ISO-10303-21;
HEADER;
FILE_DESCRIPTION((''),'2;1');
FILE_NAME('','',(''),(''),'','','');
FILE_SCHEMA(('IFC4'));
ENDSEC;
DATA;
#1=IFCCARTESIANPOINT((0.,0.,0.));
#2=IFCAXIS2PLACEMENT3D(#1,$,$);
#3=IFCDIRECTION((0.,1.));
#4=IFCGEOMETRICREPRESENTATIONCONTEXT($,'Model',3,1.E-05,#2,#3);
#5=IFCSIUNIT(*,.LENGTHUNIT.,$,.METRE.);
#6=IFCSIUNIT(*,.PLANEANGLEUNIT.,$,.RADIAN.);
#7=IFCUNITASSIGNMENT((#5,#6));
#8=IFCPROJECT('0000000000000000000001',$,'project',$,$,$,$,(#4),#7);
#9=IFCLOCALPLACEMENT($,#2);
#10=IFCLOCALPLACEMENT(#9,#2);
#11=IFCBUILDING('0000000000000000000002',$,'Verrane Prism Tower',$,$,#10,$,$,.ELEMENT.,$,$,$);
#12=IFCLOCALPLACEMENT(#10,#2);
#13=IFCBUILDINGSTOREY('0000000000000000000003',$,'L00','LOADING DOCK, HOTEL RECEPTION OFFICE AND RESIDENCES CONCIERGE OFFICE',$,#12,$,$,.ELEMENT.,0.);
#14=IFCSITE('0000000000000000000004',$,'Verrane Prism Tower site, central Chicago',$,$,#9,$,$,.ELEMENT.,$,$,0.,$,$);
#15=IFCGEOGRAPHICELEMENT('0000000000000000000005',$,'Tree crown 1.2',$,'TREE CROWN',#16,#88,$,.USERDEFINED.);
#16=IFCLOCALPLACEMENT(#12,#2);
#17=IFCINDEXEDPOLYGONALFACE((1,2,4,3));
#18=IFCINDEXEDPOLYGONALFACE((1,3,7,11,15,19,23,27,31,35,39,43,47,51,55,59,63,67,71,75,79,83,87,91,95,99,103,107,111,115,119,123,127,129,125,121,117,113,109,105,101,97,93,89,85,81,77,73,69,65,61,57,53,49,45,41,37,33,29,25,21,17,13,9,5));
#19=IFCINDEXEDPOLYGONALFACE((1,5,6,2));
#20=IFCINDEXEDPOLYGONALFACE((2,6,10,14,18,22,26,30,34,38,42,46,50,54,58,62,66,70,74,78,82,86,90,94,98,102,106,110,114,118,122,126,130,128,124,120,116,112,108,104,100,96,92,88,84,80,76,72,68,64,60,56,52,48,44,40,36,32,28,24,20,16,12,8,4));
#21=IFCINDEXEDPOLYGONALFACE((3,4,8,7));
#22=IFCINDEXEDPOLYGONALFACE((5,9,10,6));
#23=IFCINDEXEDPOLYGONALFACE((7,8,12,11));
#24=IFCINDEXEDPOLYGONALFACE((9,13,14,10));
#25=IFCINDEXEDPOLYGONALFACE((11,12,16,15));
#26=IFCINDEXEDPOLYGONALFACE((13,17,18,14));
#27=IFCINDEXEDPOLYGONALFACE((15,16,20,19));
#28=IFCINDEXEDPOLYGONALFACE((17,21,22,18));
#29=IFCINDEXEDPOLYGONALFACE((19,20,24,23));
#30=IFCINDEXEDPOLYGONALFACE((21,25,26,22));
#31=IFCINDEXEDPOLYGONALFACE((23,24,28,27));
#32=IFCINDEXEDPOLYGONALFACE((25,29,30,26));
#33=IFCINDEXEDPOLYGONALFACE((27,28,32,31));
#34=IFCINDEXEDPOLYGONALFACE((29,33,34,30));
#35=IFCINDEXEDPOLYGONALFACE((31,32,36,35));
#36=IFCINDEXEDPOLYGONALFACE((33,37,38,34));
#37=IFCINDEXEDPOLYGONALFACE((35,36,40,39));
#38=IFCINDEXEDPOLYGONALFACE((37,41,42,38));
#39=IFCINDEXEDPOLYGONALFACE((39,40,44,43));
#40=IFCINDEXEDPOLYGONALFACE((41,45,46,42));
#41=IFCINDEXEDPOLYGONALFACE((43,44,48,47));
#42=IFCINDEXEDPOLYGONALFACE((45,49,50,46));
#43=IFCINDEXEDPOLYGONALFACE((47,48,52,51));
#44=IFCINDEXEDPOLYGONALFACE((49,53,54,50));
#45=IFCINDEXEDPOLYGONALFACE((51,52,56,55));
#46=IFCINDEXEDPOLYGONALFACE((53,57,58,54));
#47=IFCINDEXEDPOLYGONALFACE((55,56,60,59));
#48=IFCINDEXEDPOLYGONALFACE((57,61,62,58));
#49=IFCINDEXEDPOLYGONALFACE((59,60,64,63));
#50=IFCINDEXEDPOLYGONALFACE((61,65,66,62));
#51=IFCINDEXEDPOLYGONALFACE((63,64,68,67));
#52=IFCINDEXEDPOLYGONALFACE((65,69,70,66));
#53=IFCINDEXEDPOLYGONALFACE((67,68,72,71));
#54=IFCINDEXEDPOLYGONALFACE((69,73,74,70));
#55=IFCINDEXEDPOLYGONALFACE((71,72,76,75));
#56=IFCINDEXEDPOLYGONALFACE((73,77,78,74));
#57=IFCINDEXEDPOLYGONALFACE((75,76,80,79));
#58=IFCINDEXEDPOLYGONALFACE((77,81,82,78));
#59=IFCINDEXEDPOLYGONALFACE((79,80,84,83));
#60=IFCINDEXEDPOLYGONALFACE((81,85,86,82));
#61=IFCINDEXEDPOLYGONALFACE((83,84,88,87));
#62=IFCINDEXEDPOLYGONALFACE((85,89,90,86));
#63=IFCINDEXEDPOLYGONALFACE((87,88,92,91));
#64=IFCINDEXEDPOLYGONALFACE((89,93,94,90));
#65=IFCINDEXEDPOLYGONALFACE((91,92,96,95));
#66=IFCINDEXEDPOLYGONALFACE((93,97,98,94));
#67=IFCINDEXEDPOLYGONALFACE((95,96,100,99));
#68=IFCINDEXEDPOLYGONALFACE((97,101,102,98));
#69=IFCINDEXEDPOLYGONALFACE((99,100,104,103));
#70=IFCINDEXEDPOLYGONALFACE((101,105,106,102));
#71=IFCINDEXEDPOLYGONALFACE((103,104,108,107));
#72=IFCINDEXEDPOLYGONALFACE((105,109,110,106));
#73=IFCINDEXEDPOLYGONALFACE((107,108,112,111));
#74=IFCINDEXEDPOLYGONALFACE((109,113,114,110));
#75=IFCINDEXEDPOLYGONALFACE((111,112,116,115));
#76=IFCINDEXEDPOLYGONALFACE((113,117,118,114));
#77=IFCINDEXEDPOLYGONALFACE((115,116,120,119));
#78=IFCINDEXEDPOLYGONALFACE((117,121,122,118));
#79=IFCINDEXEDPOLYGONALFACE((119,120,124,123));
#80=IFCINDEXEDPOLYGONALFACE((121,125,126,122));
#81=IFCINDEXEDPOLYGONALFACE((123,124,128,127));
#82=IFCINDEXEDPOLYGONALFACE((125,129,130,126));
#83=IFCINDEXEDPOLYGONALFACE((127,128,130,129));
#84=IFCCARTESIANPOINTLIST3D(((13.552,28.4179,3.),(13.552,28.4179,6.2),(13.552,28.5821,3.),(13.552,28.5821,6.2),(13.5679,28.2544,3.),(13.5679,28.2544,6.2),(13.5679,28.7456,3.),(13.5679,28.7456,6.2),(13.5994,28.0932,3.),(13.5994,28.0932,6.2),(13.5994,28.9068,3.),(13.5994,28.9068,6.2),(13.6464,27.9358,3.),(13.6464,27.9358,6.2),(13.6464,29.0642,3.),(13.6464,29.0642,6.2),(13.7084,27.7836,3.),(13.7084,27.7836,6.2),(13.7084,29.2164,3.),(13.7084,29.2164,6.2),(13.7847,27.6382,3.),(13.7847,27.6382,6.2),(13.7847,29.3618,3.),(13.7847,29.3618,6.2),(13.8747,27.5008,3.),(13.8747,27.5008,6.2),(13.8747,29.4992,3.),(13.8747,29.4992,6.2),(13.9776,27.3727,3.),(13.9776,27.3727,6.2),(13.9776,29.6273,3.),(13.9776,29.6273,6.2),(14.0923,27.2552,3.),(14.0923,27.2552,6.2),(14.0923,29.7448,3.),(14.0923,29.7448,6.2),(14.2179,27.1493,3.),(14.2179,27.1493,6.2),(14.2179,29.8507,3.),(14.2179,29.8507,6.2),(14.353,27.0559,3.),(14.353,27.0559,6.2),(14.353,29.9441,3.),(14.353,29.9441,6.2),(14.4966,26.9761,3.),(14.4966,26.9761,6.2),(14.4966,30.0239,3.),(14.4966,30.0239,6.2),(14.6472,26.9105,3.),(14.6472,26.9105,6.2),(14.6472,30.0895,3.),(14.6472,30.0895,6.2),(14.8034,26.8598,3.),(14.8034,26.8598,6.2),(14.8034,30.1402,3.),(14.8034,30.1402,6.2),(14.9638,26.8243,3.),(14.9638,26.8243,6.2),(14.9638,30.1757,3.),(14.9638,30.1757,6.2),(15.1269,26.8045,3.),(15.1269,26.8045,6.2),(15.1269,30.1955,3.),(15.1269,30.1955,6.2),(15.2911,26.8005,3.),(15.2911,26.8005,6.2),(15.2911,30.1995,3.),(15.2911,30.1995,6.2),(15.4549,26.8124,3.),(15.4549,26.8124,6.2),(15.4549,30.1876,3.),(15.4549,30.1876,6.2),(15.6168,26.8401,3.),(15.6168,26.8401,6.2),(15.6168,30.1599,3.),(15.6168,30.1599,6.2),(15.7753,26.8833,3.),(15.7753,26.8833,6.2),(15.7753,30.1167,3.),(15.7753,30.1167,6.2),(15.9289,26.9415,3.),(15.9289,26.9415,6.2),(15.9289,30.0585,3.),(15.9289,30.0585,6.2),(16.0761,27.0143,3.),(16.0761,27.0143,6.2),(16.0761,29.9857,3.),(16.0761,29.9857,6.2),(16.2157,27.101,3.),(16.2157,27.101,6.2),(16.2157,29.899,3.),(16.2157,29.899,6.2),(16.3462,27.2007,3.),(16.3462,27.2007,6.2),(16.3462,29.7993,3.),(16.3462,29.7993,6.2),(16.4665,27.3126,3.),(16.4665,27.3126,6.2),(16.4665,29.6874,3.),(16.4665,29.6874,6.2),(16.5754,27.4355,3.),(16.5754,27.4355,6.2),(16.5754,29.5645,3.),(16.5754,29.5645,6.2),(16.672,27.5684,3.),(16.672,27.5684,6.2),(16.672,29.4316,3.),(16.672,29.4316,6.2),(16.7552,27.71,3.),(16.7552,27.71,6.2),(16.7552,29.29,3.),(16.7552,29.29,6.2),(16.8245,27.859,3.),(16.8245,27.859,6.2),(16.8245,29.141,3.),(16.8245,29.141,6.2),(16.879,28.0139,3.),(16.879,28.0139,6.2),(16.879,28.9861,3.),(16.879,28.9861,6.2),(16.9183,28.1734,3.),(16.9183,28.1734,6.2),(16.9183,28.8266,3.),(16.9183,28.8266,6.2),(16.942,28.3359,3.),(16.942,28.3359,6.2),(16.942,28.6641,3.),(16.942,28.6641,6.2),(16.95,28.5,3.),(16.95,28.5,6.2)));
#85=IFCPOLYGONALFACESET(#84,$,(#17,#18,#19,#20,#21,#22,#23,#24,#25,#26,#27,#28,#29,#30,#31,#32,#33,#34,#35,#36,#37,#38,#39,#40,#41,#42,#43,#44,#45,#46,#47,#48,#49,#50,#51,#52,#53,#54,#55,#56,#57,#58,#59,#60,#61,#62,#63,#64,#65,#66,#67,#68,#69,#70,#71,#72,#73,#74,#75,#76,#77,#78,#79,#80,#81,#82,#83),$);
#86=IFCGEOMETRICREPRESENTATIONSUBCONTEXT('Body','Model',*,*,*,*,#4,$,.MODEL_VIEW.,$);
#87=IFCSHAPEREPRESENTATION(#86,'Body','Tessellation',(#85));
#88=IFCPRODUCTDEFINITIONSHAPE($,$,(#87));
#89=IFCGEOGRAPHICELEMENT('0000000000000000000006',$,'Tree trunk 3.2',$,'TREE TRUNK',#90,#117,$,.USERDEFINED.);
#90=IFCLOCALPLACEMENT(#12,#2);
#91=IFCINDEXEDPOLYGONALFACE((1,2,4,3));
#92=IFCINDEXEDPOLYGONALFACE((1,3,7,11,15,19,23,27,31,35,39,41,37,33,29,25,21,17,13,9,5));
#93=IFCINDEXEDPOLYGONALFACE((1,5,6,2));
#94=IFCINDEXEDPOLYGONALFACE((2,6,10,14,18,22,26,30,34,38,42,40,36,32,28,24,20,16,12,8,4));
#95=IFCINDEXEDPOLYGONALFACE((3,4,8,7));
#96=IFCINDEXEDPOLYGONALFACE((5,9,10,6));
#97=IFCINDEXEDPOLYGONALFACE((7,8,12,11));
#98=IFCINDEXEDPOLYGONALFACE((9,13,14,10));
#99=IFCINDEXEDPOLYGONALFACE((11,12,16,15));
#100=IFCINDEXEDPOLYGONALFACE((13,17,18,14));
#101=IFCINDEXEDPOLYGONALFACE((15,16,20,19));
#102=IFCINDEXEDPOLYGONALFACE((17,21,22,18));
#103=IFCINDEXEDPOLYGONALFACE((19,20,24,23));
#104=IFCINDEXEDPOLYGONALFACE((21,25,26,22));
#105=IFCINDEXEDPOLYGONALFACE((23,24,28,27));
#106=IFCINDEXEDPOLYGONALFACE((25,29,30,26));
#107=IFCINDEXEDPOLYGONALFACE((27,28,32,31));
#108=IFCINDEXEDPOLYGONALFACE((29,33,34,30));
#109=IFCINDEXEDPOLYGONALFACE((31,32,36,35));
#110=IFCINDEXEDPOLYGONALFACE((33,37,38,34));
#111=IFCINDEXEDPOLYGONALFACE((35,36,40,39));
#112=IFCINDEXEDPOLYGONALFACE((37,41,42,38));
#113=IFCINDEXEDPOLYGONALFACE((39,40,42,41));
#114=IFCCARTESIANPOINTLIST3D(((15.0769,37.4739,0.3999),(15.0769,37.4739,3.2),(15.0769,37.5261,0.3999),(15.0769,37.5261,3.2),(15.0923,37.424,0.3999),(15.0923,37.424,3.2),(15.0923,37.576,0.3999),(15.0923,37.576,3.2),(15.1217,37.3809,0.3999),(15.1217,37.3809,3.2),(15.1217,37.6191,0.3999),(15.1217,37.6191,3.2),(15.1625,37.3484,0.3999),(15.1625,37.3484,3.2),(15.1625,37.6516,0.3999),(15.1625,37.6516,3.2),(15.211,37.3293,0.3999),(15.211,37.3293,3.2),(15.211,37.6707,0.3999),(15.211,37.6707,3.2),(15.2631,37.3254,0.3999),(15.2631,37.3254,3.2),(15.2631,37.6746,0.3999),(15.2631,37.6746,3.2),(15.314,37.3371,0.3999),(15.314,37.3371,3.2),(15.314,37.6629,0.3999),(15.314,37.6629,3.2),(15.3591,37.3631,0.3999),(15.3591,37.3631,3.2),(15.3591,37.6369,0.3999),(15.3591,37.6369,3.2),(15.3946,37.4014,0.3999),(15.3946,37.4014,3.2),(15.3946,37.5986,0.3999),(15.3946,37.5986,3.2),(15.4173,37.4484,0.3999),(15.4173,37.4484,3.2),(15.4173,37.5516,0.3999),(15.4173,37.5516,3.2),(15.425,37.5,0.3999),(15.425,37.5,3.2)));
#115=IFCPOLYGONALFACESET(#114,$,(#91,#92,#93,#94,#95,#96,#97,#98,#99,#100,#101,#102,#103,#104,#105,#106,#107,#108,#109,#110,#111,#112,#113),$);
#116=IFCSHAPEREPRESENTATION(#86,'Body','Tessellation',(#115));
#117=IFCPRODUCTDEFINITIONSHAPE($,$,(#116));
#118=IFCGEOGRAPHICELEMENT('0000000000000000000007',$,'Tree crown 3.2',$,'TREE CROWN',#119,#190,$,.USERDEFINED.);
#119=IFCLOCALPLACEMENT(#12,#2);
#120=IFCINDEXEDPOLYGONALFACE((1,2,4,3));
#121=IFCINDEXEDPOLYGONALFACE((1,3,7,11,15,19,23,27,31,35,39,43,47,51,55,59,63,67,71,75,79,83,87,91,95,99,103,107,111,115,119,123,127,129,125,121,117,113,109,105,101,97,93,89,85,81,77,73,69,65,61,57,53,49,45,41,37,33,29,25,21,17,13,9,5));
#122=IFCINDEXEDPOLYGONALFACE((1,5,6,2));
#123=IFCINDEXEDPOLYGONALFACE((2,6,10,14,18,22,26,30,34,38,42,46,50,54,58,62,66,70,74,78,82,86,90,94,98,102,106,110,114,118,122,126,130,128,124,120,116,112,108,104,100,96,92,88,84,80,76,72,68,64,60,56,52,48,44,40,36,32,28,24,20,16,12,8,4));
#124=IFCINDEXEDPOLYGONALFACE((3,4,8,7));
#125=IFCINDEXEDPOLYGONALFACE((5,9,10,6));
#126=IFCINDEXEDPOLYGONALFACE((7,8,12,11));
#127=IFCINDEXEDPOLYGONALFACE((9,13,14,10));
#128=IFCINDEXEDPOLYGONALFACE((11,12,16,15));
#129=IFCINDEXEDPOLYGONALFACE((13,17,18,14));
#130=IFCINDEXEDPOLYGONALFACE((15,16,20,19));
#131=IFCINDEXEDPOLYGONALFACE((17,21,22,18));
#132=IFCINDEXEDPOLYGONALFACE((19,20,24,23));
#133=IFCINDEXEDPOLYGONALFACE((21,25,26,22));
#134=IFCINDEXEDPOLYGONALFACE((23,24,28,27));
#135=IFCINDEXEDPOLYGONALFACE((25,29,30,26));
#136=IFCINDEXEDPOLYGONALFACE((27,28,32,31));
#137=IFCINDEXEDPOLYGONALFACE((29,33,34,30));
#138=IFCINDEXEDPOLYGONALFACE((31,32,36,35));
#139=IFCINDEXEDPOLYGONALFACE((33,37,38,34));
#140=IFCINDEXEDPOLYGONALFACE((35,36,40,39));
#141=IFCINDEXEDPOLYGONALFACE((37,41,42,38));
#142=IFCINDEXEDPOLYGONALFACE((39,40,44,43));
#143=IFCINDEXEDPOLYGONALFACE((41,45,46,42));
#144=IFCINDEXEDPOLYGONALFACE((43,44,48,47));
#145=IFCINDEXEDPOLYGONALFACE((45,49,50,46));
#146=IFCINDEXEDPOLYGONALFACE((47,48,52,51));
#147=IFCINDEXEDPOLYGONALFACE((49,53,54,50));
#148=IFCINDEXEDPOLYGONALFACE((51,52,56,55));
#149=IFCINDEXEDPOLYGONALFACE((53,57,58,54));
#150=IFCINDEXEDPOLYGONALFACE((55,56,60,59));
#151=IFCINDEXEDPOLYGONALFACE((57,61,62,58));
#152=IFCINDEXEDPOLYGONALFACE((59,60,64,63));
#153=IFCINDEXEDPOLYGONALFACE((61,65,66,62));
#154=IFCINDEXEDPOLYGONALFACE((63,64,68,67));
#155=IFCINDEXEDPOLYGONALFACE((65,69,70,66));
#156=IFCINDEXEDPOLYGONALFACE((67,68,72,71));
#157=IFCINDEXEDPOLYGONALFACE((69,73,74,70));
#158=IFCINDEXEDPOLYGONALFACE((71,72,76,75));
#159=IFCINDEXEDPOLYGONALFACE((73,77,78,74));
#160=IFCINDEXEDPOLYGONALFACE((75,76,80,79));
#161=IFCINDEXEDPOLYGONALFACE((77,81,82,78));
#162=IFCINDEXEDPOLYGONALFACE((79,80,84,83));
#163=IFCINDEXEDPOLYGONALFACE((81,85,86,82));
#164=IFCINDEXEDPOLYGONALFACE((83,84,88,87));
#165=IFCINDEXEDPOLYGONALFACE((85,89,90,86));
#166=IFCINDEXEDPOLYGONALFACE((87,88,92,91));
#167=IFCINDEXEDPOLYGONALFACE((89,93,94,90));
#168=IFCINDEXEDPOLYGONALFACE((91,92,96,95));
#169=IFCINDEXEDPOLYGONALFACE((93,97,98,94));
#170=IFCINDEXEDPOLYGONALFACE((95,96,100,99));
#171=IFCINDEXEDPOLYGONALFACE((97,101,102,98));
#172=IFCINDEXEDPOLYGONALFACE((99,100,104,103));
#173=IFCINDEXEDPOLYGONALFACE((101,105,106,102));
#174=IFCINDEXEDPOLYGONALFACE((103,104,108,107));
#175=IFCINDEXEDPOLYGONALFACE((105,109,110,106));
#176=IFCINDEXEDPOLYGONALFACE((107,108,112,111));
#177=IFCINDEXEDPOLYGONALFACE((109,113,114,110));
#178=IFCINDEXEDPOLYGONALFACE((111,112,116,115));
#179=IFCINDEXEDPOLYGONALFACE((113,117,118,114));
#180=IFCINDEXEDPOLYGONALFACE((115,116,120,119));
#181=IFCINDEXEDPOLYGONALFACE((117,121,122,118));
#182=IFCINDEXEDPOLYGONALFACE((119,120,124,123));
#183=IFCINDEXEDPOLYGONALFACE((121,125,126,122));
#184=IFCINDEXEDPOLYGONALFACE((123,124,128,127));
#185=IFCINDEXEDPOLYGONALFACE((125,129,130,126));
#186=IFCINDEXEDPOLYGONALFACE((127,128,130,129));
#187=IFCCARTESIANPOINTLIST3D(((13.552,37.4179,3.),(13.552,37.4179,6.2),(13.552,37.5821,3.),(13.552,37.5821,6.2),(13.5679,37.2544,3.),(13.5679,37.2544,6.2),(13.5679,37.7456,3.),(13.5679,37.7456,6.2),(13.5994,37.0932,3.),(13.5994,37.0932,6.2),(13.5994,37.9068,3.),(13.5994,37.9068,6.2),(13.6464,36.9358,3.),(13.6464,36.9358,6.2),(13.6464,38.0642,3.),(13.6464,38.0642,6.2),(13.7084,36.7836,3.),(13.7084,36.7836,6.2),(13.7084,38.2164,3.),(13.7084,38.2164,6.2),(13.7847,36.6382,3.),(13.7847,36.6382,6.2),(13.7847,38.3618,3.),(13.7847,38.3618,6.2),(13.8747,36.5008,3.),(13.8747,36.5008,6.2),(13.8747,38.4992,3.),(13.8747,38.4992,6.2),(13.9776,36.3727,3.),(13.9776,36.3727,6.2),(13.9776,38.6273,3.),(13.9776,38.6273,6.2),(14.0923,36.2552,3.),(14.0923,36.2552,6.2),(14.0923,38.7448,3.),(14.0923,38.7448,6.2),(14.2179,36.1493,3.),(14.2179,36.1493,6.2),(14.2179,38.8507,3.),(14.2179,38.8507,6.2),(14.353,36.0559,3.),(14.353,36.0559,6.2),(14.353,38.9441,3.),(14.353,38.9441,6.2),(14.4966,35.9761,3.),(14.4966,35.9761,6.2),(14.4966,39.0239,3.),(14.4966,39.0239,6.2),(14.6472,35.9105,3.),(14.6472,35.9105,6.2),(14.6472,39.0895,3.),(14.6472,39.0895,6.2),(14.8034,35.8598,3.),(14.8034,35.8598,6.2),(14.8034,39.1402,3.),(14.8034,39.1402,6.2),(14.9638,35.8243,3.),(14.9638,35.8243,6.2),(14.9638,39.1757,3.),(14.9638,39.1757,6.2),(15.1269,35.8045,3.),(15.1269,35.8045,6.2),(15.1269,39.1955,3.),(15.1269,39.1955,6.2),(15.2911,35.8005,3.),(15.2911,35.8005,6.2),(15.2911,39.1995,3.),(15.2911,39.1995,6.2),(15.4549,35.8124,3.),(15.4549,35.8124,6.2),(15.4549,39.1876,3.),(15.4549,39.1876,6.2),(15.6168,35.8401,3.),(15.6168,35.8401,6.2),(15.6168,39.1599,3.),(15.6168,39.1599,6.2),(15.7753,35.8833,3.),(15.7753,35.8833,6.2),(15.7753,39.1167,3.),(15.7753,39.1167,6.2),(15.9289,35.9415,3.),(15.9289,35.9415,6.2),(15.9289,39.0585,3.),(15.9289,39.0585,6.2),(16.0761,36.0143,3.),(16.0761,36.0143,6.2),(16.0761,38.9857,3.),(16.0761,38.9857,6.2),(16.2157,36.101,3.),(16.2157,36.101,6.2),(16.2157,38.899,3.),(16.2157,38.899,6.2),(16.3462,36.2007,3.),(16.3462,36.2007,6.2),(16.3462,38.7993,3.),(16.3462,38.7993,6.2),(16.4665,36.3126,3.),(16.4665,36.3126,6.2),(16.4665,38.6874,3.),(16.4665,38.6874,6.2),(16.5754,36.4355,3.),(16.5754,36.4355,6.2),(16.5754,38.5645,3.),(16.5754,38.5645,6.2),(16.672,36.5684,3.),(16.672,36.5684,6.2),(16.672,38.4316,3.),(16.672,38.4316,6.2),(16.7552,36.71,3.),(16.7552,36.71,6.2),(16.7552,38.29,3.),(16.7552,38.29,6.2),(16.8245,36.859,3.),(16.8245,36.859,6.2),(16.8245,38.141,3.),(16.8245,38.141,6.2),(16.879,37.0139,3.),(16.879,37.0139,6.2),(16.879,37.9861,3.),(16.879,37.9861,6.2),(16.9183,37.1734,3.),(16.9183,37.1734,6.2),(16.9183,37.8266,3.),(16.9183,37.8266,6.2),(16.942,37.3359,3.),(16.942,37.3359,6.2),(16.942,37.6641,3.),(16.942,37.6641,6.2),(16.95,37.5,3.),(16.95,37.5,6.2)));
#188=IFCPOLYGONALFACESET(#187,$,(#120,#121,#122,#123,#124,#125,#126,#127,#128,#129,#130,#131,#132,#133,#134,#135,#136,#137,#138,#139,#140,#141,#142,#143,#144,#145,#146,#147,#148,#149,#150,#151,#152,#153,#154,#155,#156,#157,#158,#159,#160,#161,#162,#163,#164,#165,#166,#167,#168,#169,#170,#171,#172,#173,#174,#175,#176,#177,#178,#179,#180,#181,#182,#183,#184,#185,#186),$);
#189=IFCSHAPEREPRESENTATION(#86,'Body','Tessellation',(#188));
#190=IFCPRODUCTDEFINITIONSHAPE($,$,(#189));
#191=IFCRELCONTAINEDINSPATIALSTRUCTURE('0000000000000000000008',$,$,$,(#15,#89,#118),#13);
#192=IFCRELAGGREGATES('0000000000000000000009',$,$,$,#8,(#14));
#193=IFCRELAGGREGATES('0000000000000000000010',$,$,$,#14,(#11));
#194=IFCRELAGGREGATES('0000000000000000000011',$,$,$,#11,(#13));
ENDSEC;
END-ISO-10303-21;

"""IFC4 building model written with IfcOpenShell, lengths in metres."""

from ifc_helpers import new_model, si_unit, direction, frame, origin, origin_2d, place, context, subcontext, project, spatial, circle, extrude, element, save


model = new_model("IFC4")

# Units and contexts
model_context = context("Model", 3, precision=1e-05, world=origin(), true_north=direction((0.0, 1.0)))
body_context = subcontext(model_context, "Body", "Model", "MODEL_VIEW")
ifc_project = project(units=[si_unit("LENGTHUNIT", "METRE"), si_unit("PLANEANGLEUNIT", "RADIAN")], contexts=[model_context])

# Site, building, storey
site_placement = place(None, origin())
site = spatial("IfcSite", under=ifc_project, at=site_placement, Name="Verrane Prism Tower site, central Chicago", CompositionType="ELEMENT", RefElevation=0.0)
building_placement = place(site_placement, origin())
building = spatial("IfcBuilding", under=site, at=building_placement, Name="Verrane Prism Tower", CompositionType="ELEMENT")
storey_placement = place(building_placement, origin())
storey = spatial("IfcBuildingStorey", under=building, at=storey_placement, Name="L00", Description="LOADING DOCK, HOTEL RECEPTION OFFICE AND RESIDENCES CONCIERGE OFFICE", CompositionType="ELEMENT", Elevation=0.0)

# Geographic elements
geographic_element_1_placement = place(storey_placement, frame((15.25, 28.5, 6.2), z_axis=(0.0, 0.0, -1.0), x_axis=(1.0, 0.0, 0.0)))
element("IfcGeographicElement", 1, at=geographic_element_1_placement, inside=storey, Name="Tree crown 1.2", ObjectType="TREE CROWN", PredefinedType="USERDEFINED", context=body_context, shape_type="SweptSolid", body=[
    extrude(circle(Radius=1.7, at=origin_2d()), origin(), (0.0, 0.0, 1.0), 3.2),
])
geographic_element_2_placement = place(storey_placement, frame((15.25, 37.5, 3.2), z_axis=(0.0, 0.0, -1.0), x_axis=(1.0, 0.0, 0.0)))
element("IfcGeographicElement", 2, at=geographic_element_2_placement, inside=storey, Name="Tree trunk 3.2", ObjectType="TREE TRUNK", PredefinedType="USERDEFINED", context=body_context, shape_type="SweptSolid", body=[
    extrude(circle(Radius=0.175, at=origin_2d()), origin(), (0.0, 0.0, 1.0), 2.8),
])
geographic_element_3_placement = place(storey_placement, frame((15.25, 37.5, 6.2), z_axis=(0.0, 0.0, -1.0), x_axis=(1.0, 0.0, 0.0)))
element("IfcGeographicElement", 3, at=geographic_element_3_placement, inside=storey, Name="Tree crown 3.2", ObjectType="TREE CROWN", PredefinedType="USERDEFINED", context=body_context, shape_type="SweptSolid", body=[
    extrude(circle(Radius=1.7, at=origin_2d()), origin(), (0.0, 0.0, 1.0), 3.2),
])

save(model, "model.ifc")
